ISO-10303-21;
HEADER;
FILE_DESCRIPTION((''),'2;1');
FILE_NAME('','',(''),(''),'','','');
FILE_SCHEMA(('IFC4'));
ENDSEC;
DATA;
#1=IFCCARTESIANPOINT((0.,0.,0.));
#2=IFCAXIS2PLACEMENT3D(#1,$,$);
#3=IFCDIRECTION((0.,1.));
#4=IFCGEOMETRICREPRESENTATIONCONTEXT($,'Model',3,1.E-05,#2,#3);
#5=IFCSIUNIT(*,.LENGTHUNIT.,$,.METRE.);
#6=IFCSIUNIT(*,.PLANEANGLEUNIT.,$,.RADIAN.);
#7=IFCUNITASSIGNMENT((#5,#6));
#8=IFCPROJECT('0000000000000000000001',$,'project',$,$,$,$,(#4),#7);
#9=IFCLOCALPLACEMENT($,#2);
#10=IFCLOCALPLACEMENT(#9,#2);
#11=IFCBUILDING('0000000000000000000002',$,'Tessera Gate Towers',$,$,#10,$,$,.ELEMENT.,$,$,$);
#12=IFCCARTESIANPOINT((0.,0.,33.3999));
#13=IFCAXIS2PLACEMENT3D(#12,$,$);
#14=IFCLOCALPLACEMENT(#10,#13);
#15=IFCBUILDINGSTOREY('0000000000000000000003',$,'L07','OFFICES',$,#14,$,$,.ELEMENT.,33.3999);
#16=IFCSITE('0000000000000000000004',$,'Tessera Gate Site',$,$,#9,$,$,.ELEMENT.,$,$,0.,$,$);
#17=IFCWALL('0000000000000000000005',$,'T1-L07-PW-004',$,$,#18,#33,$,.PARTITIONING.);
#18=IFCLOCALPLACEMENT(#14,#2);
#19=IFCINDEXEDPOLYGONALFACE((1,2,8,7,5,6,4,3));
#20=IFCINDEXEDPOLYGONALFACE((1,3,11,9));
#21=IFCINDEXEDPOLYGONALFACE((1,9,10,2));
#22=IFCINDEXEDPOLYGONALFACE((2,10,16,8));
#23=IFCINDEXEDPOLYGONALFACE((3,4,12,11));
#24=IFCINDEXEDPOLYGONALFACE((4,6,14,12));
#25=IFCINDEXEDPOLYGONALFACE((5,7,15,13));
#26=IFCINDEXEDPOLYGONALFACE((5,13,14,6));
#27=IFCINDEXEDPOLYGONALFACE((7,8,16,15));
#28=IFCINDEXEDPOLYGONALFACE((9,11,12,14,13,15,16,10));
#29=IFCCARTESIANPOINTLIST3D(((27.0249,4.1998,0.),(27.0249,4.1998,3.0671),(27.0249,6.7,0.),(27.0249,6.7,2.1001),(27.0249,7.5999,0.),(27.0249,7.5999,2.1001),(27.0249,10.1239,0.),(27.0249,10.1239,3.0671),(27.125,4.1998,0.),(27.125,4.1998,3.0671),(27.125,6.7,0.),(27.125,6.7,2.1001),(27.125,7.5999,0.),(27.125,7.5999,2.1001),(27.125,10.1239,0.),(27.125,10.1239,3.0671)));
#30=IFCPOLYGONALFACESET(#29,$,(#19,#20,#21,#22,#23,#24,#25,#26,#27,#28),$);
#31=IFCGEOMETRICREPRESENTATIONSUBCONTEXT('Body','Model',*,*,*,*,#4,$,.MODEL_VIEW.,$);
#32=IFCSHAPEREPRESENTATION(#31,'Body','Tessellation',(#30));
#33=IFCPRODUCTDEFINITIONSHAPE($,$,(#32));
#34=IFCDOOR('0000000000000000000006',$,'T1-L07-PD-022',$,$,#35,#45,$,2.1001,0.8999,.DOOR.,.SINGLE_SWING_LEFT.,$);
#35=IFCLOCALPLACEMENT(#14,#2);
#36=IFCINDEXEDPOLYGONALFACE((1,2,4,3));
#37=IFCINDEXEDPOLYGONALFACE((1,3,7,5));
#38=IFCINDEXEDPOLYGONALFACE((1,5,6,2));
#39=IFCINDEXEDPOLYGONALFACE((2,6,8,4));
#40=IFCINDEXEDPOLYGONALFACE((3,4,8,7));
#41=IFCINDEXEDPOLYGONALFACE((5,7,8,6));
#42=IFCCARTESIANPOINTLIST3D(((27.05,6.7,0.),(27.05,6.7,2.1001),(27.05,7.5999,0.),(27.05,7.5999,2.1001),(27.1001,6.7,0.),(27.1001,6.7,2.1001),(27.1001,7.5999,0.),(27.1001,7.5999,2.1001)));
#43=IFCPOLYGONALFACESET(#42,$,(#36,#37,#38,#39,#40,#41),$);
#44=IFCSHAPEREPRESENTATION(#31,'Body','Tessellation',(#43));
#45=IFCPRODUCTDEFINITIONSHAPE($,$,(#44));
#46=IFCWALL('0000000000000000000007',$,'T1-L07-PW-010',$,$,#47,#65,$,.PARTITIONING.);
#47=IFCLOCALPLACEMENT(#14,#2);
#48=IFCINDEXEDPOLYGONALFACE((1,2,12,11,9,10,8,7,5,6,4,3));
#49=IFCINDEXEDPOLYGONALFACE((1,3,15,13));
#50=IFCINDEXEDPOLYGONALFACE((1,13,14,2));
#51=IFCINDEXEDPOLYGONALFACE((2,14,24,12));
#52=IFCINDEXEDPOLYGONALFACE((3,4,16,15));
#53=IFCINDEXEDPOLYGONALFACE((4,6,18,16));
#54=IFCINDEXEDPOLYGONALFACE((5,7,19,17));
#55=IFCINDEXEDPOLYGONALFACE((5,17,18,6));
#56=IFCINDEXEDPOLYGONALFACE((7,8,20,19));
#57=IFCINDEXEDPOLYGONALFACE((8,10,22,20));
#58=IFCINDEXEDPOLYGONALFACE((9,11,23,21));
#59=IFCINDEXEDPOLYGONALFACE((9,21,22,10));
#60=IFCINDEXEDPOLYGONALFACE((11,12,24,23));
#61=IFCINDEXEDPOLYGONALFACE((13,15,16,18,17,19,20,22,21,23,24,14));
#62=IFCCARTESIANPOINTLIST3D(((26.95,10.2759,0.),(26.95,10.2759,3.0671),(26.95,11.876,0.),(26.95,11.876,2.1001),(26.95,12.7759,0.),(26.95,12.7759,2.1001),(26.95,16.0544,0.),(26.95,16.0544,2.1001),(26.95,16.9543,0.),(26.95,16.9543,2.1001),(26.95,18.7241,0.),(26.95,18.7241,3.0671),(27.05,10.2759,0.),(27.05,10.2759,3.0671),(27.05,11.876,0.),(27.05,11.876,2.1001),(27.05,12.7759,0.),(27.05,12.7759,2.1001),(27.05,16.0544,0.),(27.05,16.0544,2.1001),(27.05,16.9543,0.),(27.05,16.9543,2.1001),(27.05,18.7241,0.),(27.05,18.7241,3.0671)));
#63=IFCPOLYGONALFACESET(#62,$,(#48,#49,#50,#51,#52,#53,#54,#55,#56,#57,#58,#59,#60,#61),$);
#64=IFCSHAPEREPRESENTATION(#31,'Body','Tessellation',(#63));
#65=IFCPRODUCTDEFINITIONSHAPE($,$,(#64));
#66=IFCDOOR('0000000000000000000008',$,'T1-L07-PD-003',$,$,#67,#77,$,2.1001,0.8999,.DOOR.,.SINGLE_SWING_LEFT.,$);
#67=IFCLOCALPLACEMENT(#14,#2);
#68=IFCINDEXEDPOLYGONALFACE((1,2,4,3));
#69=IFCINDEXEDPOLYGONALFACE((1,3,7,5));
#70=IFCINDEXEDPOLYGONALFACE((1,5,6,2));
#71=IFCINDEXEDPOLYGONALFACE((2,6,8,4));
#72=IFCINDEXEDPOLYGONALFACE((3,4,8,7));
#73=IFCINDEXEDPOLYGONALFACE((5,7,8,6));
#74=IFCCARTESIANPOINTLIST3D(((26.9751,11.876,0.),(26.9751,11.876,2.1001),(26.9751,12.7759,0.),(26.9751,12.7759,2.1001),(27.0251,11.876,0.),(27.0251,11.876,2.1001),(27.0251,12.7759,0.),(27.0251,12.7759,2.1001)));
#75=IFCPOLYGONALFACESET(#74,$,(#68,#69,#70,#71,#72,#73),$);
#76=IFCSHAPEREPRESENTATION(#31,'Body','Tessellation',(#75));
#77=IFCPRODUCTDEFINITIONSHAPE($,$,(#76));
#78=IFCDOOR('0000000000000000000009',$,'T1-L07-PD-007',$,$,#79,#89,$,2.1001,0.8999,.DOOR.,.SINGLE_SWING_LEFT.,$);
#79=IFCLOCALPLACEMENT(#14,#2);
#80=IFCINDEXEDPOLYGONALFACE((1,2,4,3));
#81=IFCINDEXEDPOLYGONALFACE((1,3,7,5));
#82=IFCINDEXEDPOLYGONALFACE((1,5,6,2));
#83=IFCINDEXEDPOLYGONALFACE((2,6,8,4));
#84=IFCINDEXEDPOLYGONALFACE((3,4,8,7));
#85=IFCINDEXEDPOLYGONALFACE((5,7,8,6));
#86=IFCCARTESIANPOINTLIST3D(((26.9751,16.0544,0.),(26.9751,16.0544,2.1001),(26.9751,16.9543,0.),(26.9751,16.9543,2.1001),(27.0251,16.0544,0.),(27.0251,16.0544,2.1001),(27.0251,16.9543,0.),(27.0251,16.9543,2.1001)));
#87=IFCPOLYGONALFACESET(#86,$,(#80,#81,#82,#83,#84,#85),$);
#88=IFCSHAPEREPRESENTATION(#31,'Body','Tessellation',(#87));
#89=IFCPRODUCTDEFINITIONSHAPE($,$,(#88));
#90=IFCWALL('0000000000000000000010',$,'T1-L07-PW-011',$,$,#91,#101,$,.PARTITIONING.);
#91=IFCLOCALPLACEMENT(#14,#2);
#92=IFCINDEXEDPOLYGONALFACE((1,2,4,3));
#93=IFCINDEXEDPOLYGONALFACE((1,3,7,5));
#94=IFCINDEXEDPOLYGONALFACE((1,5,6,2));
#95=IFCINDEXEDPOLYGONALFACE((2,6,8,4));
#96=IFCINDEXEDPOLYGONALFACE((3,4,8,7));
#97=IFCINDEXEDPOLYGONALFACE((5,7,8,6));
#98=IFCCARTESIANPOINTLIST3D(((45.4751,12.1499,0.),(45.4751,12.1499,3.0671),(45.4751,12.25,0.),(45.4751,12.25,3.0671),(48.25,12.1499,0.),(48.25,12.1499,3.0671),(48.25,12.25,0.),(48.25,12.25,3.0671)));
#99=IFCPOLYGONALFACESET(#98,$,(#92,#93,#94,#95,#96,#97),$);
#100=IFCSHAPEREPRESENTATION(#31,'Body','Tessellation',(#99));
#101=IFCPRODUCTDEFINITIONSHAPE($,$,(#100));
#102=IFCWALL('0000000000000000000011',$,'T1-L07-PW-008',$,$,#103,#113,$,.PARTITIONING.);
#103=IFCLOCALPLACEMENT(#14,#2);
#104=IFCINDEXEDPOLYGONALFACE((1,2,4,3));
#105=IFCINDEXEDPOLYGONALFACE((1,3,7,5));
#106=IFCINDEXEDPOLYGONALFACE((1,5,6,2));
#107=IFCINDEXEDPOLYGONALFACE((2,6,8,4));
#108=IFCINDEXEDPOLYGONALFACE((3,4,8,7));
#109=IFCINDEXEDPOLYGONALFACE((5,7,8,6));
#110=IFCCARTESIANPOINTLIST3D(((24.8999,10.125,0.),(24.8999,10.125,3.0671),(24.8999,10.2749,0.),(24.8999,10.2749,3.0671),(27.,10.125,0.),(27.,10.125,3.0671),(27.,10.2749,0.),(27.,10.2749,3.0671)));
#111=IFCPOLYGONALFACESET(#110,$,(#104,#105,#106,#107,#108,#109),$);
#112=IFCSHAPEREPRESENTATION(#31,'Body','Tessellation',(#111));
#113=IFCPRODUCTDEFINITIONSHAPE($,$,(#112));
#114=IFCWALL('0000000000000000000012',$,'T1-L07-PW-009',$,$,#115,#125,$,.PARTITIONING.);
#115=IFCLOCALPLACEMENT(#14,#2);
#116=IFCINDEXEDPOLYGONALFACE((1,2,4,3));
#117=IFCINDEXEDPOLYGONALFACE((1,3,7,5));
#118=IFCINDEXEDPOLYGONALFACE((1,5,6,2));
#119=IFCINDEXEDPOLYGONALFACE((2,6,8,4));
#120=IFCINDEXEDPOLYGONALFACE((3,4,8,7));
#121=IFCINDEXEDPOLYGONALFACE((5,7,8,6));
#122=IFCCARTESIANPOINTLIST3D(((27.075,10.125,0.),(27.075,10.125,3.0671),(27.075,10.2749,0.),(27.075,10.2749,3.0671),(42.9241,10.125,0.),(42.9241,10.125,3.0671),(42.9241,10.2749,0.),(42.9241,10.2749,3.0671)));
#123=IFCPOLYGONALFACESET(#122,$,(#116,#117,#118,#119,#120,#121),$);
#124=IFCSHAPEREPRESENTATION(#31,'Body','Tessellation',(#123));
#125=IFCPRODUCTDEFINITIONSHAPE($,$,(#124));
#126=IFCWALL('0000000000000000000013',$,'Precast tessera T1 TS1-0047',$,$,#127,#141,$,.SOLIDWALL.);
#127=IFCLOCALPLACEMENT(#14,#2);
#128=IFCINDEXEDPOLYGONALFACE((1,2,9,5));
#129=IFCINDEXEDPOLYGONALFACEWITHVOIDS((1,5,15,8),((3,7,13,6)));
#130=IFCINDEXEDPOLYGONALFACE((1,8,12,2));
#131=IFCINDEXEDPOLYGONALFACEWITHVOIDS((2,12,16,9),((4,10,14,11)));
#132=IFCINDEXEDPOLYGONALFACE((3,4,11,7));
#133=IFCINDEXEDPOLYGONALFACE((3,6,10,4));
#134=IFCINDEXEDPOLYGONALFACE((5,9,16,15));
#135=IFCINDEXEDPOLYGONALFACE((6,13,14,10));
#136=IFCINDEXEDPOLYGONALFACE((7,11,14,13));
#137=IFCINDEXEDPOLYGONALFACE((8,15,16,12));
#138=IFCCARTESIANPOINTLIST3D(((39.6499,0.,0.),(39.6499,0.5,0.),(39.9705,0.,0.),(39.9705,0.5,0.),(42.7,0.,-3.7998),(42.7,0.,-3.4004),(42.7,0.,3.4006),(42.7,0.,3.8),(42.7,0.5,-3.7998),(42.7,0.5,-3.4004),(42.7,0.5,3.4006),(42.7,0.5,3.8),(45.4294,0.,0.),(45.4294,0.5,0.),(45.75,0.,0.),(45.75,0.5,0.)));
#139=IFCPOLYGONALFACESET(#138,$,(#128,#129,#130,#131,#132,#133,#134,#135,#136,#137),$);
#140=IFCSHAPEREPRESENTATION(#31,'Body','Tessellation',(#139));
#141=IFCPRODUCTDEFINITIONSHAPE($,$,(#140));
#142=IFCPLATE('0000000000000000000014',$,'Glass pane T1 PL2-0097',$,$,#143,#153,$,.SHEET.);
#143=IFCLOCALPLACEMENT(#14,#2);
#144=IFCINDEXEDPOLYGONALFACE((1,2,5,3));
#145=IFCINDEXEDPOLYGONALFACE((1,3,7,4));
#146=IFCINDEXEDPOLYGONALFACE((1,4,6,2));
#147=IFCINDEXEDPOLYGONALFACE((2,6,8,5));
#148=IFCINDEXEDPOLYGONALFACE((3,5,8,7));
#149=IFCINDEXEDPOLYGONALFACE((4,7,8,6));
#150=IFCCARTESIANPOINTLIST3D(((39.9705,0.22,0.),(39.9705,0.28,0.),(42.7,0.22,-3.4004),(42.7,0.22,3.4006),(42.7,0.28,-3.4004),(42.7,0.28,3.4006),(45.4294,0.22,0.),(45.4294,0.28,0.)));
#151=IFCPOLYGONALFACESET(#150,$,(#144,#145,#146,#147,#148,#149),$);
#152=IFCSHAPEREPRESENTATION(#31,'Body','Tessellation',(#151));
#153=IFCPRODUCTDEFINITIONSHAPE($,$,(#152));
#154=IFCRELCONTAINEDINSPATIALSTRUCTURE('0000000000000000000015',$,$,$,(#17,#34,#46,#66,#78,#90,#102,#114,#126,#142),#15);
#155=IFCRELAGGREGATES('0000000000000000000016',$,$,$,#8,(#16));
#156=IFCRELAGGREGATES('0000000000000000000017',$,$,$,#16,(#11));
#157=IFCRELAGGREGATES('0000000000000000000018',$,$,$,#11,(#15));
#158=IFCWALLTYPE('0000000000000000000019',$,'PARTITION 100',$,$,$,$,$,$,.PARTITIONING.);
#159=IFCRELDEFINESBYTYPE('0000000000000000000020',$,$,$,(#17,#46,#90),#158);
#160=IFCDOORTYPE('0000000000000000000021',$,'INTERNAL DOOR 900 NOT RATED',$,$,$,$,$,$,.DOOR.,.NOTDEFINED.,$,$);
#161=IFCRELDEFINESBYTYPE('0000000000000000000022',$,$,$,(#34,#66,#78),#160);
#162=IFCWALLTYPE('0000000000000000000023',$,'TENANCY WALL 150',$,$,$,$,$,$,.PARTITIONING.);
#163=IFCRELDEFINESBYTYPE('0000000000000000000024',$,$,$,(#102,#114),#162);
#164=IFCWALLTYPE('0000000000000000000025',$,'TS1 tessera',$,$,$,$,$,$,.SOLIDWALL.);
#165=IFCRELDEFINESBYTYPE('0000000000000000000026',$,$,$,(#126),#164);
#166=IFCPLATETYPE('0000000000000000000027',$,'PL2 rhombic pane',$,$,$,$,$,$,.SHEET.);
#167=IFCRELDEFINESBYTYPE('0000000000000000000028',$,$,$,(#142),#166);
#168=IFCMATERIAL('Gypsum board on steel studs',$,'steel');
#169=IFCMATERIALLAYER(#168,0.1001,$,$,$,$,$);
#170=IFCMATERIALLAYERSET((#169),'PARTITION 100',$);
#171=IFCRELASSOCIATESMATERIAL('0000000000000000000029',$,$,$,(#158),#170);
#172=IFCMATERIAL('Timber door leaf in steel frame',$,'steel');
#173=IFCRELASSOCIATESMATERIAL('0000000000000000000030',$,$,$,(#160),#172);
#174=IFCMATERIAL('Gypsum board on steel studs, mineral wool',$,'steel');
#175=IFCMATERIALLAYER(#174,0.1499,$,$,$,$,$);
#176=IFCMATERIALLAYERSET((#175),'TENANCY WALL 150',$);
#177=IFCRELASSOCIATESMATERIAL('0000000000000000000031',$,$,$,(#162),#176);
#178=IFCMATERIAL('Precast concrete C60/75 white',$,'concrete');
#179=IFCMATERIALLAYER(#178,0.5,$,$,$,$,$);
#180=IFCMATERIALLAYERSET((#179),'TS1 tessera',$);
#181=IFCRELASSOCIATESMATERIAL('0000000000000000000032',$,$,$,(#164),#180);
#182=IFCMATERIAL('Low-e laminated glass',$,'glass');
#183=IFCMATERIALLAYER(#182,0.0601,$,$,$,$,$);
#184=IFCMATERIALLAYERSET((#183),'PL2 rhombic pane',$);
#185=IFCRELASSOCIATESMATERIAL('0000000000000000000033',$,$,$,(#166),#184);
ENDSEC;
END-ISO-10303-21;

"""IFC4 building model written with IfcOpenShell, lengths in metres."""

from ifc_helpers import new_model, si_unit, direction, frame, frame_2d, origin, place, context, subcontext, project, spatial, polyline, rectangle, outline, extrude, source, transform, mapped, material, layer, layer_set, type_object, element, fill, save


model = new_model("IFC4")

# Units and contexts
model_context = context("Model", 3, precision=1e-05, world=origin(), true_north=direction((0.0, 1.0)))
body_context = subcontext(model_context, "Body", "Model", "MODEL_VIEW")
ifc_project = project(units=[si_unit("LENGTHUNIT", "METRE"), si_unit("PLANEANGLEUNIT", "RADIAN")], contexts=[model_context])

# Site, building, storey
site_placement = place(None, origin())
site = spatial("IfcSite", under=ifc_project, at=site_placement, Name="Tessera Gate Site", CompositionType="ELEMENT", RefElevation=0.0)
building_placement = place(site_placement, origin())
building = spatial("IfcBuilding", under=site, at=building_placement, Name="Tessera Gate Towers", CompositionType="ELEMENT")
storey_placement = place(building_placement, frame((0.0, 0.0, 33.3999)))
storey = spatial("IfcBuildingStorey", under=building, at=storey_placement, Name="L07", Description="OFFICES", CompositionType="ELEMENT", Elevation=33.3999)

# Shared definitions
shared_shape_1 = source(origin(), body_context, "Body", "SweptSolid", [
    extrude(rectangle(XDim=0.8999, YDim=2.1001, at=frame_2d((0.45, 1.05))), frame((0.0, 0.0249, 0.0), z_axis=(0.0, -1.0, 0.0), x_axis=(1.0, 0.0, 0.0)), (0.0, 0.0, 1.0), 0.05),
])

# Shared definitions
ifc_material_1 = material(Name="Gypsum board on steel studs", Category="steel")
ifc_layer_1 = layer(ifc_material_1, 0.1001)
ifc_layer_set_1 = layer_set([ifc_layer_1], Name="PARTITION 100")
wall_type_1 = type_object("IfcWallType", Name="PARTITION 100", PredefinedType="PARTITIONING", material=ifc_layer_set_1)

# Wall, opening, door
wall_1_placement = place(storey_placement, frame((27.075, 4.2, 0.0), z_axis=(0.0, 0.0, 1.0), x_axis=(0.0, 1.0, 0.0)))
wall_1 = element("IfcWall", 1, at=wall_1_placement, inside=storey, type_object=wall_type_1, Name="T1-L07-PW-004", PredefinedType="PARTITIONING", context=body_context, shape_type="SweptSolid", body=[
    extrude(rectangle(XDim=5.9241, YDim=0.1001, at=frame_2d((2.9619, 0.0))), origin(), (0.0, 0.0, 1.0), 3.0671),
])
shared_shape_2 = source(origin(), body_context, "Body", "SweptSolid", [
    extrude(rectangle(XDim=0.8999, YDim=2.1001, at=frame_2d((0.45, 1.05))), frame((0.0, 0.0601, 0.0), z_axis=(0.0, -1.0, 0.0), x_axis=(1.0, 0.0, 0.0)), (0.0, 0.0, 1.0), 0.1201),
])
opening_1_placement = place(wall_1_placement, frame((2.5, 0.0, 0.0)))
opening_1 = element("IfcOpeningElement", 2, at=opening_1_placement, cuts=wall_1, PredefinedType="OPENING", context=body_context, shape_type="MappedRepresentation", body=[
    mapped(shared_shape_2, transform((0.0, 0.0, 0.0), scale=1.0)),
])
ifc_material_2 = material(Name="Timber door leaf in steel frame", Category="steel")
door_type_1 = type_object("IfcDoorType", Name="INTERNAL DOOR 900 NOT RATED", OperationType="NOTDEFINED", PredefinedType="DOOR", material=ifc_material_2)
door_1_placement = place(opening_1_placement, origin())
door_1 = element("IfcDoor", 3, at=door_1_placement, inside=storey, type_object=door_type_1, Name="T1-L07-PD-022", OperationType="SINGLE_SWING_LEFT", OverallHeight=2.1001, OverallWidth=0.8999, PredefinedType="DOOR", context=body_context, shape_type="MappedRepresentation", body=[
    mapped(shared_shape_1, transform((0.0, 0.0, 0.0), scale=1.0)),
])
fill(opening_1, door_1)

# Wall, openings, doors
wall_2_placement = place(storey_placement, frame((27.0, 10.2759, 0.0), z_axis=(0.0, 0.0, 1.0), x_axis=(0.0, 1.0, 0.0)))
wall_2 = element("IfcWall", 4, at=wall_2_placement, inside=storey, type_object=wall_type_1, Name="T1-L07-PW-010", PredefinedType="PARTITIONING", context=body_context, shape_type="SweptSolid", body=[
    extrude(rectangle(XDim=8.4482, YDim=0.1001, at=frame_2d((4.2241, 0.0))), origin(), (0.0, 0.0, 1.0), 3.0671),
])
opening_2_placement = place(wall_2_placement, frame((1.6001, 0.0, 0.0)))
opening_2 = element("IfcOpeningElement", 5, at=opening_2_placement, cuts=wall_2, PredefinedType="OPENING", context=body_context, shape_type="MappedRepresentation", body=[
    mapped(shared_shape_2, transform((0.0, 0.0, 0.0), scale=1.0)),
])
opening_3_placement = place(wall_2_placement, frame((5.7786, 0.0, 0.0)))
opening_3 = element("IfcOpeningElement", 6, at=opening_3_placement, cuts=wall_2, PredefinedType="OPENING", context=body_context, shape_type="MappedRepresentation", body=[
    mapped(shared_shape_2, transform((0.0, 0.0, 0.0), scale=1.0)),
])
door_2_placement = place(opening_2_placement, origin())
door_2 = element("IfcDoor", 7, at=door_2_placement, inside=storey, type_object=door_type_1, Name="T1-L07-PD-003", OperationType="SINGLE_SWING_LEFT", OverallHeight=2.1001, OverallWidth=0.8999, PredefinedType="DOOR", context=body_context, shape_type="MappedRepresentation", body=[
    mapped(shared_shape_1, transform((0.0, 0.0, 0.0), scale=1.0)),
])
fill(opening_2, door_2)
door_3_placement = place(opening_3_placement, origin())
door_3 = element("IfcDoor", 8, at=door_3_placement, inside=storey, type_object=door_type_1, Name="T1-L07-PD-007", OperationType="SINGLE_SWING_LEFT", OverallHeight=2.1001, OverallWidth=0.8999, PredefinedType="DOOR", context=body_context, shape_type="MappedRepresentation", body=[
    mapped(shared_shape_1, transform((0.0, 0.0, 0.0), scale=1.0)),
])
fill(opening_3, door_3)

# Walls
wall_3_placement = place(storey_placement, frame((48.25, 12.2, 0.0), z_axis=(0.0, 0.0, 1.0), x_axis=(-1.0, 0.0, 0.0)))
element("IfcWall", 9, at=wall_3_placement, inside=storey, type_object=wall_type_1, Name="T1-L07-PW-011", PredefinedType="PARTITIONING", context=body_context, shape_type="SweptSolid", body=[
    extrude(rectangle(XDim=2.7749, YDim=0.1001, at=frame_2d((1.3875, 0.0))), origin(), (0.0, 0.0, 1.0), 3.0671),
])
ifc_material_3 = material(Name="Gypsum board on steel studs, mineral wool", Category="steel")
ifc_layer_2 = layer(ifc_material_3, 0.1499)
ifc_layer_set_2 = layer_set([ifc_layer_2], Name="TENANCY WALL 150")
wall_type_2 = type_object("IfcWallType", Name="TENANCY WALL 150", PredefinedType="PARTITIONING", material=ifc_layer_set_2)
wall_4_placement = place(storey_placement, frame((24.8999, 10.2, 0.0), z_axis=(0.0, 0.0, 1.0), x_axis=(1.0, 0.0, 0.0)))
element("IfcWall", 10, at=wall_4_placement, inside=storey, type_object=wall_type_2, Name="T1-L07-PW-008", PredefinedType="PARTITIONING", context=body_context, shape_type="SweptSolid", body=[
    extrude(rectangle(XDim=2.1001, YDim=0.1499, at=frame_2d((1.05, 0.0))), origin(), (0.0, 0.0, 1.0), 3.0671),
])
wall_5_placement = place(storey_placement, frame((27.075, 10.2, 0.0), z_axis=(0.0, 0.0, 1.0), x_axis=(1.0, 0.0, 0.0)))
element("IfcWall", 11, at=wall_5_placement, inside=storey, type_object=wall_type_2, Name="T1-L07-PW-009", PredefinedType="PARTITIONING", context=body_context, shape_type="SweptSolid", body=[
    extrude(rectangle(XDim=15.8491, YDim=0.1499, at=frame_2d((7.9246, 0.0))), origin(), (0.0, 0.0, 1.0), 3.0671),
])

# Wall, opening, plate
ifc_material_4 = material(Name="Precast concrete C60/75 white", Category="concrete")
ifc_layer_3 = layer(ifc_material_4, 0.5)
ifc_layer_set_3 = layer_set([ifc_layer_3], Name="TS1 tessera")
wall_type_3 = type_object("IfcWallType", Name="TS1 tessera", PredefinedType="SOLIDWALL", material=ifc_layer_set_3)
shared_shape_3 = source(origin(), body_context, "Body", "SweptSolid", [
    extrude(outline(polyline([(3.05, 0.0), (6.1001, 3.7998), (3.05, 7.5999), (0.0, 3.7998), (3.05, 0.0)])), frame((0.0, 0.25, 0.0), z_axis=(0.0, -1.0, 0.0), x_axis=(1.0, 0.0, 0.0)), (0.0, 0.0, 1.0), 0.5),
])
wall_6_placement = place(storey_placement, frame((39.6499, 0.25, -3.7998), z_axis=(0.0, 0.0, 1.0), x_axis=(1.0, 0.0, 0.0)))
wall_6 = element("IfcWall", 12, at=wall_6_placement, inside=storey, type_object=wall_type_3, Name="Precast tessera T1 TS1-0047", PredefinedType="SOLIDWALL", context=body_context, shape_type="MappedRepresentation", body=[
    mapped(shared_shape_3, transform((0.0, 0.0, 0.0), scale=1.0)),
])
shared_shape_4 = source(origin(), body_context, "Body", "SweptSolid", [
    extrude(outline(polyline([(3.05, 0.3994), (5.7795, 3.7998), (3.05, 7.2004), (0.3206, 3.7998), (3.05, 0.3994)])), frame((0.0, 0.26, 0.0), z_axis=(0.0, -1.0, 0.0), x_axis=(1.0, 0.0, 0.0)), (0.0, 0.0, 1.0), 0.52),
])
opening_4_placement = place(wall_6_placement, origin())
opening_4 = element("IfcOpeningElement", 13, at=opening_4_placement, cuts=wall_6, PredefinedType="OPENING", context=body_context, shape_type="MappedRepresentation", body=[
    mapped(shared_shape_4, transform((0.0, 0.0, 0.0), scale=1.0)),
])
ifc_material_5 = material(Name="Low-e laminated glass", Category="glass")
ifc_layer_4 = layer(ifc_material_5, 0.0601)
ifc_layer_set_4 = layer_set([ifc_layer_4], Name="PL2 rhombic pane")
plate_type = type_object("IfcPlateType", Name="PL2 rhombic pane", PredefinedType="SHEET", material=ifc_layer_set_4)
shared_shape_5 = source(origin(), body_context, "Body", "SweptSolid", [
    extrude(outline(polyline([(3.05, 0.3994), (5.7795, 3.7998), (3.05, 7.2004), (0.3206, 3.7998), (3.05, 0.3994)])), frame((0.0, 0.03, 0.0), z_axis=(0.0, -1.0, 0.0), x_axis=(1.0, 0.0, 0.0)), (0.0, 0.0, 1.0), 0.0601),
])
plate_1_placement = place(opening_4_placement, origin())
plate_1 = element("IfcPlate", 14, at=plate_1_placement, inside=storey, type_object=plate_type, Name="Glass pane T1 PL2-0097", PredefinedType="SHEET", context=body_context, shape_type="MappedRepresentation", body=[
    mapped(shared_shape_5, transform((0.0, 0.0, 0.0), scale=1.0)),
])
fill(opening_4, plate_1)

save(model, "model.ifc")
